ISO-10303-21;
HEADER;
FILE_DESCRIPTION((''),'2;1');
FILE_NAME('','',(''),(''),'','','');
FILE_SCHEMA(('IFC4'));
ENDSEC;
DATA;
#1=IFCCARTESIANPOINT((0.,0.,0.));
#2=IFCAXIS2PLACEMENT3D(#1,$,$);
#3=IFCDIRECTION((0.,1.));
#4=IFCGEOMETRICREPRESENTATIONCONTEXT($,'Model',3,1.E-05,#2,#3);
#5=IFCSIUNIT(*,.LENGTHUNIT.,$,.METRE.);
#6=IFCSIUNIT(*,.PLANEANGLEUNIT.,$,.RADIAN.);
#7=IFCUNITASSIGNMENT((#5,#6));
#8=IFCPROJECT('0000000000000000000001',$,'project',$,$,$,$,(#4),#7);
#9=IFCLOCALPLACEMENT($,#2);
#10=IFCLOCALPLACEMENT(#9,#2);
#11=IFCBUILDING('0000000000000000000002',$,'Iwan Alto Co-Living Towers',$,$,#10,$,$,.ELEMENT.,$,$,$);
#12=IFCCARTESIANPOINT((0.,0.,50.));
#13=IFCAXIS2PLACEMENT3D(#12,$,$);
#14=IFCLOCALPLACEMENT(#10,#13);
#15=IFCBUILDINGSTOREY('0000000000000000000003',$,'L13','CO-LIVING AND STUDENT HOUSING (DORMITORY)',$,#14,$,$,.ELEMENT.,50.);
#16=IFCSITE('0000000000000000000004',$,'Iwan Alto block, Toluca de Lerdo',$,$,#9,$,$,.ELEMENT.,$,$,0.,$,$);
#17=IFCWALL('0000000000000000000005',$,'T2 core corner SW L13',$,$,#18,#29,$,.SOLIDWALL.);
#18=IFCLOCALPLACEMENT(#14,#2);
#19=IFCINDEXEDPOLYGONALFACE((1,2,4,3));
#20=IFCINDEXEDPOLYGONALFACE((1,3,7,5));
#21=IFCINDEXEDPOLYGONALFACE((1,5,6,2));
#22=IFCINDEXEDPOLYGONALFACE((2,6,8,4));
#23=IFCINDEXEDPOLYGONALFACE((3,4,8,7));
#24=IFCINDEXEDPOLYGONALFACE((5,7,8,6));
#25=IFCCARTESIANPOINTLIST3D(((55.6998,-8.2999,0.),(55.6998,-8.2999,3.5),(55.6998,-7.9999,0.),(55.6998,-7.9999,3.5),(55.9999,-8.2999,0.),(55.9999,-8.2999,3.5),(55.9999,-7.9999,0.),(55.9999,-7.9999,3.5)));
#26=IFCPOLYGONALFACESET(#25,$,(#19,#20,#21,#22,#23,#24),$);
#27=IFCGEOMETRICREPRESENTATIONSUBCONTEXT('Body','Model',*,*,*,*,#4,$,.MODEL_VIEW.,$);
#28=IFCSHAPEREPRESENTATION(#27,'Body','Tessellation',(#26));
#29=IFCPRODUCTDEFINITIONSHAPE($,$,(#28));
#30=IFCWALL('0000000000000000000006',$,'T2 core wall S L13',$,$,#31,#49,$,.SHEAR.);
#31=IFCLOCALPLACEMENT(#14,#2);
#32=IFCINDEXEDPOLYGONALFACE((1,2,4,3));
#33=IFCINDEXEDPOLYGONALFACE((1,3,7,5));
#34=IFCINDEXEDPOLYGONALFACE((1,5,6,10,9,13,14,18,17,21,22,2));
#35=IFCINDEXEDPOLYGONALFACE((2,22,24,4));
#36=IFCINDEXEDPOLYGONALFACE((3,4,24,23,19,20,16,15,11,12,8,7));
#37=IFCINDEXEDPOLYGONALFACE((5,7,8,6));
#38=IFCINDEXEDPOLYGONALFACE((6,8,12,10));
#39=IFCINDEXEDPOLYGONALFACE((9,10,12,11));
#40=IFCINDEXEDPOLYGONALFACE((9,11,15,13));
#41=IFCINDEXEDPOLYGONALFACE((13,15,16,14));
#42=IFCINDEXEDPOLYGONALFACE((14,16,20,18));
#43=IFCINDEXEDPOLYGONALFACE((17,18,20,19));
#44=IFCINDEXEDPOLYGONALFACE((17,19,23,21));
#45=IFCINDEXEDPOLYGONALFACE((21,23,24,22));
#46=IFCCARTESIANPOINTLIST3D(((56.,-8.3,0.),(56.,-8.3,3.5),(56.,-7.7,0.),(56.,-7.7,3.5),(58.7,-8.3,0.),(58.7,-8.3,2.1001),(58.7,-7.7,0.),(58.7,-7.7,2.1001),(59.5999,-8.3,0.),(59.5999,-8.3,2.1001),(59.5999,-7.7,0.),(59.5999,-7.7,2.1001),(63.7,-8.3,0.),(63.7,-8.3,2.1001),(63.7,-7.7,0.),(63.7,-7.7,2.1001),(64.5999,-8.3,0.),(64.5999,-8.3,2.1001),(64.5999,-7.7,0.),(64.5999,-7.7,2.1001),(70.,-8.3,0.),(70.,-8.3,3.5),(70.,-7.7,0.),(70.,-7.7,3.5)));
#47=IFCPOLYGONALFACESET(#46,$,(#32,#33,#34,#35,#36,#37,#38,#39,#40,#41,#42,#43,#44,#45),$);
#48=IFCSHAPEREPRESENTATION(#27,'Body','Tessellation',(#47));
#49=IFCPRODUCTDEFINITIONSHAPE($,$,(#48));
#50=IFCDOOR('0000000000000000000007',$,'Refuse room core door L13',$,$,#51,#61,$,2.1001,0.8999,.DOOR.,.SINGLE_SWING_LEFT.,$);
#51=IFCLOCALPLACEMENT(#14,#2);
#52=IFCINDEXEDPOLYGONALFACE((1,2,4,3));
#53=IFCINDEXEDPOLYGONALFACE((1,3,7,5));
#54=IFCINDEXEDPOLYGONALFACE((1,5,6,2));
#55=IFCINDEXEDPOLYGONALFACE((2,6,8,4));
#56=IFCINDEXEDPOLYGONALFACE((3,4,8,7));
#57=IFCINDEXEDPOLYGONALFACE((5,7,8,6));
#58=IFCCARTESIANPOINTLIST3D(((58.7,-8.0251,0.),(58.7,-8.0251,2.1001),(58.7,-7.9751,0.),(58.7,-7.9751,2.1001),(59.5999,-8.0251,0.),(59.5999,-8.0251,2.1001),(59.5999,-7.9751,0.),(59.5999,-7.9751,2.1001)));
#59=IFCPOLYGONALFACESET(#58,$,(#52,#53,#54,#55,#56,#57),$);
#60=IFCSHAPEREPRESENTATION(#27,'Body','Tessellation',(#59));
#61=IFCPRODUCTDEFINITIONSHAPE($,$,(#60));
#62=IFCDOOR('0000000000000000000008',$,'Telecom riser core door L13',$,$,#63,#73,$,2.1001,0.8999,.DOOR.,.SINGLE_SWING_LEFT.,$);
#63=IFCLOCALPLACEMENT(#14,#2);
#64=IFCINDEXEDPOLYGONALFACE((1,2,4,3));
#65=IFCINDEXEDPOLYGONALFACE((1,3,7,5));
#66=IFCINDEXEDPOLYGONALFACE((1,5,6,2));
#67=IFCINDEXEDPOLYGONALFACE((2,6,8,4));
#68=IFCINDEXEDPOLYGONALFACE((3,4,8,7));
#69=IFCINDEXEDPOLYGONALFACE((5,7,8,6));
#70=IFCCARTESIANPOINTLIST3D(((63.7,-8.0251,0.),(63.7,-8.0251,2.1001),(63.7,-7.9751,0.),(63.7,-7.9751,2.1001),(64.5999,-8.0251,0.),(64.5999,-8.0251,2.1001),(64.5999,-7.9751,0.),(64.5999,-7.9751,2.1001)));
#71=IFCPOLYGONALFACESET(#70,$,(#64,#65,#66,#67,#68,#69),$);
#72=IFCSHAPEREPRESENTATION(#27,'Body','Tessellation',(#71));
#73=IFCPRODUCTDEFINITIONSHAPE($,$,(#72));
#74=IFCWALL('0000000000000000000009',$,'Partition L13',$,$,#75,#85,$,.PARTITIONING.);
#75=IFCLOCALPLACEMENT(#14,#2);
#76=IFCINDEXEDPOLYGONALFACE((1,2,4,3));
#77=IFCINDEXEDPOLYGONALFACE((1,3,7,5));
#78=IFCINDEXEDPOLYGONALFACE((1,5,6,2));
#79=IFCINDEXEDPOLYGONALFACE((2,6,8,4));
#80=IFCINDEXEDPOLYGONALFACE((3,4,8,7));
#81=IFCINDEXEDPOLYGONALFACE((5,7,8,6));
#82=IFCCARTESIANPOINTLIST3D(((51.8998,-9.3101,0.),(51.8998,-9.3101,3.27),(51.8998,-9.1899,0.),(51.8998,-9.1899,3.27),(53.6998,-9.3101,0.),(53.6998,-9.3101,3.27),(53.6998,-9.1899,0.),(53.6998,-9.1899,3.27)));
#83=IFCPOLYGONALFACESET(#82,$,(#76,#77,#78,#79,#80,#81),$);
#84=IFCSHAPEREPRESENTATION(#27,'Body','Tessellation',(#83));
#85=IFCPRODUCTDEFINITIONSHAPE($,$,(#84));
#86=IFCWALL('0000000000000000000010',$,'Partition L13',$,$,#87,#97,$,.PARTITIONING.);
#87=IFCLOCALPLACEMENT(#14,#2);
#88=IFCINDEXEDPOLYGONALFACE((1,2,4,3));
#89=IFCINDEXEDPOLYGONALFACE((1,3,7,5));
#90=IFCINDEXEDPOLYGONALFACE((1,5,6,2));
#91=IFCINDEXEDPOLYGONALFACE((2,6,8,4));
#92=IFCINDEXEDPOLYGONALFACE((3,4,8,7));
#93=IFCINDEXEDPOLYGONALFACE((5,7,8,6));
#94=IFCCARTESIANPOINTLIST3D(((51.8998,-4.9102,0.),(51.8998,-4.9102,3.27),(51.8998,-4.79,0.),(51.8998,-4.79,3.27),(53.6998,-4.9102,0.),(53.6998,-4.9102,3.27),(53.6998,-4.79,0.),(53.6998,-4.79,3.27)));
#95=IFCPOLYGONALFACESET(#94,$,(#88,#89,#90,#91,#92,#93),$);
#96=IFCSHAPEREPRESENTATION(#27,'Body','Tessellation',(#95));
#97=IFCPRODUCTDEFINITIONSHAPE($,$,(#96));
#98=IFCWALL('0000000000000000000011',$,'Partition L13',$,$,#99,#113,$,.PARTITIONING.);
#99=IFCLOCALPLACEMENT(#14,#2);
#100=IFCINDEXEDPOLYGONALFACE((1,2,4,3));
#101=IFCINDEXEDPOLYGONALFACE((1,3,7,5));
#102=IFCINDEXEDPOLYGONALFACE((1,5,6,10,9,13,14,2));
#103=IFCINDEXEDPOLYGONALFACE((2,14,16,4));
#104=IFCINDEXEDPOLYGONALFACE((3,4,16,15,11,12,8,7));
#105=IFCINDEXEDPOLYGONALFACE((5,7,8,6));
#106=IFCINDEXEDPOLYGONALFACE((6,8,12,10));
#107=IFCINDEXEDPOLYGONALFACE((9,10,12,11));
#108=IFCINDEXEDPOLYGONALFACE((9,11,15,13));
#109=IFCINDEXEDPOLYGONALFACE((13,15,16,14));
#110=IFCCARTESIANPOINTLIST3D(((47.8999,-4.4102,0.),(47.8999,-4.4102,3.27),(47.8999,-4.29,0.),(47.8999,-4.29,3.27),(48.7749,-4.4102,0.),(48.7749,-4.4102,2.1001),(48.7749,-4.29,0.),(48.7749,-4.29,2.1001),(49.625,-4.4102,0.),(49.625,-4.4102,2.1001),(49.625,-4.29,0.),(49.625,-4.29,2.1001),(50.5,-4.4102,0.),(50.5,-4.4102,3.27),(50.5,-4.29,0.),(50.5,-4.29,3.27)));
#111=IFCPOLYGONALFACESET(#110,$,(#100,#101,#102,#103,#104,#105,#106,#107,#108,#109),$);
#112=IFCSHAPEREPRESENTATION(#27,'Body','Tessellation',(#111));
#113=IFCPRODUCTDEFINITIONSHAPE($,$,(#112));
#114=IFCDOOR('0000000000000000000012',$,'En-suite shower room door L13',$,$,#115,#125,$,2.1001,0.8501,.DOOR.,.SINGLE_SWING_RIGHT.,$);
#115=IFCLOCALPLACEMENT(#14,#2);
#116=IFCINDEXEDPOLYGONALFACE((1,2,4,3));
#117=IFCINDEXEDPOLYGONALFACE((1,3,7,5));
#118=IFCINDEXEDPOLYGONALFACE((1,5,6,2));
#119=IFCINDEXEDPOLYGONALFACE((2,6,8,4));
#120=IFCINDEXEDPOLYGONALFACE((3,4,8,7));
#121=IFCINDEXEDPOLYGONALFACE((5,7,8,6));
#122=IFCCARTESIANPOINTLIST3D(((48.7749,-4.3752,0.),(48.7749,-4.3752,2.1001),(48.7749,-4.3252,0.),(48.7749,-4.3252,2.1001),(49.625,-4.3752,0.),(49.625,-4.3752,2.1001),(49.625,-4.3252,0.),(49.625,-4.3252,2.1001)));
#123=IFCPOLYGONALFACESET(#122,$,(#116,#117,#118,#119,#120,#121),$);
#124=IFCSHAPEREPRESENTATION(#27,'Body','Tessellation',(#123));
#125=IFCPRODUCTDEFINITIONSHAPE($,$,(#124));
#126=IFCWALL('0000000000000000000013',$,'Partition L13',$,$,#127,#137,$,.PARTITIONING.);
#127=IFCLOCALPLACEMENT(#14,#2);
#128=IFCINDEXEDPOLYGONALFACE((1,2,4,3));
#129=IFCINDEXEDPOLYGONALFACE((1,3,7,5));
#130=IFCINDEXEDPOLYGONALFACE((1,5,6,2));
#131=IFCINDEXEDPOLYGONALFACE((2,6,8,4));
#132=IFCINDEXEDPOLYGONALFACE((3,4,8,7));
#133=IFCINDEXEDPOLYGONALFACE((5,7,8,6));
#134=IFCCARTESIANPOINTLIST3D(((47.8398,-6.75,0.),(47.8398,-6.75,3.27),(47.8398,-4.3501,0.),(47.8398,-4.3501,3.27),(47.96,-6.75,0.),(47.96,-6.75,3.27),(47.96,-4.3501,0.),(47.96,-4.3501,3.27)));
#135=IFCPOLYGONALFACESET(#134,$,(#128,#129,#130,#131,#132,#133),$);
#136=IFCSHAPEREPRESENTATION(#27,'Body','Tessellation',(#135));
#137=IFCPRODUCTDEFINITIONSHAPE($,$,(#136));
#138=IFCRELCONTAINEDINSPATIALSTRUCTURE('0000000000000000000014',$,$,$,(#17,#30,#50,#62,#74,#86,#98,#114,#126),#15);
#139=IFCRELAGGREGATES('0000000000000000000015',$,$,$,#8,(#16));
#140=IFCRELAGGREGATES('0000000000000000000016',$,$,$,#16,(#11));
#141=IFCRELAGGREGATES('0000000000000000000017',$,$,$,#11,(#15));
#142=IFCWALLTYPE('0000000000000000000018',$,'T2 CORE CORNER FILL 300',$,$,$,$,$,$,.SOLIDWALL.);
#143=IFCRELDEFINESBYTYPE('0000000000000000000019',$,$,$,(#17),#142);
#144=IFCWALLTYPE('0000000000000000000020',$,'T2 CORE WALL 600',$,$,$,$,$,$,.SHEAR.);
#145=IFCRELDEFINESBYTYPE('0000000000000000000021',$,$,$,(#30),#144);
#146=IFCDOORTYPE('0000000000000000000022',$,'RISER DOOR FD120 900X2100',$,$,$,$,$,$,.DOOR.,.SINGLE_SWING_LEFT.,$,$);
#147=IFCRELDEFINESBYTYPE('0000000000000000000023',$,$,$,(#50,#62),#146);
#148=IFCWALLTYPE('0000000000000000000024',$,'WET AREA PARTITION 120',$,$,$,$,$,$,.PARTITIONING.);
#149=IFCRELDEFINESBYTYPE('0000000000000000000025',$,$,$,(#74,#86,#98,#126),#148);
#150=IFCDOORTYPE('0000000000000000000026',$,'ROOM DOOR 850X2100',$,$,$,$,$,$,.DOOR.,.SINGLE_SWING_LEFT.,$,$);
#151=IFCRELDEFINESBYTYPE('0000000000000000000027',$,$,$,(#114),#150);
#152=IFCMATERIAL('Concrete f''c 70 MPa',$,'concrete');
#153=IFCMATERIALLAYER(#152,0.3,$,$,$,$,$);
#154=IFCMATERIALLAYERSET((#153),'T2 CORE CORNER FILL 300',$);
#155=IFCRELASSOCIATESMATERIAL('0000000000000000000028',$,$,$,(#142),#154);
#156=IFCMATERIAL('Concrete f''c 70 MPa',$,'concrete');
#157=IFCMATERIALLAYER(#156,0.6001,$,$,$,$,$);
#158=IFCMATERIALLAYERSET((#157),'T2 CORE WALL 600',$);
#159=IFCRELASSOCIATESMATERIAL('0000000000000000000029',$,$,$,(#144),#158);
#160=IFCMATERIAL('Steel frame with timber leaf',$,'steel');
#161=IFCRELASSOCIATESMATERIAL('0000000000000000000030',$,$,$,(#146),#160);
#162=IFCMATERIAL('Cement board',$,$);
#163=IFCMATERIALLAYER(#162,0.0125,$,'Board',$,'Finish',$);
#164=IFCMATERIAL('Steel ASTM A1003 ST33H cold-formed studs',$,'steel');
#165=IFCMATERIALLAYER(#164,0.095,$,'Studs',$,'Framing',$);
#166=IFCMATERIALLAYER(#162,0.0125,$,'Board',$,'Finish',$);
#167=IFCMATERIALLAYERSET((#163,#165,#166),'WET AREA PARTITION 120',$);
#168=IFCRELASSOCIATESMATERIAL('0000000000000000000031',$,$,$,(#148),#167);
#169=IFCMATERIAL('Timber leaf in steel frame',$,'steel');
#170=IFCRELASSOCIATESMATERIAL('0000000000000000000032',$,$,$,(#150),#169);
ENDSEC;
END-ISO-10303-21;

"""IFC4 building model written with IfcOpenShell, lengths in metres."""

from ifc_helpers import new_model, si_unit, direction, frame, frame_2d, origin, place, context, subcontext, project, spatial, rectangle, extrude, material, layer, layer_set, type_object, element, fill, save


model = new_model("IFC4")

# Units and contexts
model_context = context("Model", 3, precision=1e-05, world=origin(), true_north=direction((0.0, 1.0)))
body_context = subcontext(model_context, "Body", "Model", "MODEL_VIEW")
ifc_project = project(units=[si_unit("LENGTHUNIT", "METRE"), si_unit("PLANEANGLEUNIT", "RADIAN")], contexts=[model_context])

# Site, building, storey
site_placement = place(None, origin())
site = spatial("IfcSite", under=ifc_project, at=site_placement, Name="Iwan Alto block, Toluca de Lerdo", CompositionType="ELEMENT", RefElevation=0.0)
building_placement = place(site_placement, origin())
building = spatial("IfcBuilding", under=site, at=building_placement, Name="Iwan Alto Co-Living Towers", CompositionType="ELEMENT")
storey_placement = place(building_placement, frame((0.0, 0.0, 50.0)))
storey = spatial("IfcBuildingStorey", under=building, at=storey_placement, Name="L13", Description="CO-LIVING AND STUDENT HOUSING (DORMITORY)", CompositionType="ELEMENT", Elevation=50.0)

# Wall
ifc_material_1 = material(Name="Concrete f'c 70 MPa", Category="concrete")
ifc_layer_1 = layer(ifc_material_1, 0.3)
ifc_layer_set_1 = layer_set([ifc_layer_1], Name="T2 CORE CORNER FILL 300")
wall_type_1 = type_object("IfcWallType", Name="T2 CORE CORNER FILL 300", PredefinedType="SOLIDWALL", material=ifc_layer_set_1)
wall_1_placement = place(storey_placement, frame((55.7, -8.1499, 0.0), z_axis=(0.0, 0.0, 1.0), x_axis=(1.0, 0.0, 0.0)))
element("IfcWall", 1, at=wall_1_placement, inside=storey, type_object=wall_type_1, Name="T2 core corner SW L13", PredefinedType="SOLIDWALL", context=body_context, shape_type="SweptSolid", body=[
    extrude(rectangle(XDim=0.3, YDim=0.3, at=frame_2d((0.1499, 0.0))), origin(), (0.0, 0.0, 1.0), 3.5),
])

# Wall, openings, doors
ifc_material_2 = material(Name="Concrete f'c 70 MPa", Category="concrete")
ifc_layer_2 = layer(ifc_material_2, 0.6001)
ifc_layer_set_2 = layer_set([ifc_layer_2], Name="T2 CORE WALL 600")
wall_type_2 = type_object("IfcWallType", Name="T2 CORE WALL 600", PredefinedType="SHEAR", material=ifc_layer_set_2)
wall_2_placement = place(storey_placement, frame((56.0, -8.0, 0.0), z_axis=(0.0, 0.0, 1.0), x_axis=(1.0, 0.0, 0.0)))
wall_2 = element("IfcWall", 2, at=wall_2_placement, inside=storey, type_object=wall_type_2, Name="T2 core wall S L13", PredefinedType="SHEAR", context=body_context, shape_type="SweptSolid", body=[
    extrude(rectangle(XDim=14.0, YDim=0.6001, at=frame_2d((7.0, 0.0))), origin(), (0.0, 0.0, 1.0), 3.5),
])
opening_1_placement = place(wall_2_placement, frame((2.7, 0.0, 0.0)))
opening_1 = element("IfcOpeningElement", 3, at=opening_1_placement, cuts=wall_2, PredefinedType="OPENING", context=body_context, shape_type="SweptSolid", body=[
    extrude(rectangle(XDim=0.8999, YDim=2.1001, at=frame_2d((0.45, 1.05))), frame((0.0, 0.3101, 0.0), z_axis=(0.0, -1.0, 0.0), x_axis=(1.0, 0.0, 0.0)), (0.0, 0.0, 1.0), 0.6201),
])
opening_2_placement = place(wall_2_placement, frame((7.7, 0.0, 0.0)))
opening_2 = element("IfcOpeningElement", 4, at=opening_2_placement, cuts=wall_2, PredefinedType="OPENING", context=body_context, shape_type="SweptSolid", body=[
    extrude(rectangle(XDim=0.8999, YDim=2.1001, at=frame_2d((0.45, 1.05))), frame((0.0, 0.3101, 0.0), z_axis=(0.0, -1.0, 0.0), x_axis=(1.0, 0.0, 0.0)), (0.0, 0.0, 1.0), 0.6201),
])
ifc_material_3 = material(Name="Steel frame with timber leaf", Category="steel")
door_type_1 = type_object("IfcDoorType", Name="RISER DOOR FD120 900X2100", OperationType="SINGLE_SWING_LEFT", PredefinedType="DOOR", material=ifc_material_3)
door_1_placement = place(opening_1_placement, origin())
door_1 = element("IfcDoor", 5, at=door_1_placement, inside=storey, type_object=door_type_1, Name="Refuse room core door L13", OperationType="SINGLE_SWING_LEFT", OverallHeight=2.1001, OverallWidth=0.8999, PredefinedType="DOOR", context=body_context, shape_type="SweptSolid", body=[
    extrude(rectangle(XDim=0.8999, YDim=2.1001, at=frame_2d((0.45, 1.05))), frame((0.0, 0.0249, 0.0), z_axis=(0.0, -1.0, 0.0), x_axis=(1.0, 0.0, 0.0)), (0.0, 0.0, 1.0), 0.05),
])
fill(opening_1, door_1)
door_2_placement = place(opening_2_placement, origin())
door_2 = element("IfcDoor", 6, at=door_2_placement, inside=storey, type_object=door_type_1, Name="Telecom riser core door L13", OperationType="SINGLE_SWING_LEFT", OverallHeight=2.1001, OverallWidth=0.8999, PredefinedType="DOOR", context=body_context, shape_type="SweptSolid", body=[
    extrude(rectangle(XDim=0.8999, YDim=2.1001, at=frame_2d((0.45, 1.05))), frame((0.0, 0.0249, 0.0), z_axis=(0.0, -1.0, 0.0), x_axis=(1.0, 0.0, 0.0)), (0.0, 0.0, 1.0), 0.05),
])
fill(opening_2, door_2)

# Walls
ifc_material_4 = material(Name="Cement board")
ifc_layer_3 = layer(ifc_material_4, 0.0125, Name="Board", Category="Finish")
ifc_material_5 = material(Name="Steel ASTM A1003 ST33H cold-formed studs", Category="steel")
ifc_layer_4 = layer(ifc_material_5, 0.095, Name="Studs", Category="Framing")
ifc_layer_5 = layer(ifc_material_4, 0.0125, Name="Board", Category="Finish")
ifc_layer_set_3 = layer_set([ifc_layer_3, ifc_layer_4, ifc_layer_5], Name="WET AREA PARTITION 120")
wall_type_3 = type_object("IfcWallType", Name="WET AREA PARTITION 120", PredefinedType="PARTITIONING", material=ifc_layer_set_3)
for number, where, z_axis, x_axis, name in (
    (7, (51.8999, -9.25, 0.0), (0.0, 0.0, 1.0), (1.0, 0.0, 0.0), "Partition L13"),
    (8, (51.8999, -4.8501, 0.0), (0.0, 0.0, 1.0), (1.0, 0.0, 0.0), "Partition L13"),
):
    element("IfcWall", number, at=place(storey_placement, frame(where, z_axis=z_axis, x_axis=x_axis)), inside=storey, type_object=wall_type_3, Name=name, PredefinedType="PARTITIONING", context=body_context, shape_type="SweptSolid", body=[
        extrude(rectangle(XDim=1.8, YDim=0.1201, at=frame_2d((0.8999, 0.0))), origin(), (0.0, 0.0, 1.0), 3.27),
    ])

# Wall, opening, door
wall_3_placement = place(storey_placement, frame((47.8999, -4.3501, 0.0), z_axis=(0.0, 0.0, 1.0), x_axis=(1.0, 0.0, 0.0)))
wall_3 = element("IfcWall", 9, at=wall_3_placement, inside=storey, type_object=wall_type_3, Name="Partition L13", PredefinedType="PARTITIONING", context=body_context, shape_type="SweptSolid", body=[
    extrude(rectangle(XDim=2.6001, YDim=0.1201, at=frame_2d((1.3, 0.0))), origin(), (0.0, 0.0, 1.0), 3.27),
])
opening_3_placement = place(wall_3_placement, frame((0.875, 0.0, 0.0)))
opening_3 = element("IfcOpeningElement", 10, at=opening_3_placement, cuts=wall_3, PredefinedType="OPENING", context=body_context, shape_type="SweptSolid", body=[
    extrude(rectangle(XDim=0.8501, YDim=2.1001, at=frame_2d((0.425, 1.05))), frame((0.0, 0.0701, 0.0), z_axis=(0.0, -1.0, 0.0), x_axis=(1.0, 0.0, 0.0)), (0.0, 0.0, 1.0), 0.1401),
])
ifc_material_6 = material(Name="Timber leaf in steel frame", Category="steel")
door_type_2 = type_object("IfcDoorType", Name="ROOM DOOR 850X2100", OperationType="SINGLE_SWING_LEFT", PredefinedType="DOOR", material=ifc_material_6)
door_3_placement = place(opening_3_placement, origin())
door_3 = element("IfcDoor", 11, at=door_3_placement, inside=storey, type_object=door_type_2, Name="En-suite shower room door L13", OperationType="SINGLE_SWING_RIGHT", OverallHeight=2.1001, OverallWidth=0.8501, PredefinedType="DOOR", context=body_context, shape_type="SweptSolid", body=[
    extrude(rectangle(XDim=0.8501, YDim=2.1001, at=frame_2d((0.425, 1.05))), frame((0.0, 0.0249, 0.0), z_axis=(0.0, -1.0, 0.0), x_axis=(1.0, 0.0, 0.0)), (0.0, 0.0, 1.0), 0.05),
])
fill(opening_3, door_3)

# Wall
wall_4_placement = place(storey_placement, frame((47.8999, -6.75, 0.0), z_axis=(0.0, 0.0, 1.0), x_axis=(0.0, 1.0, 0.0)))
element("IfcWall", 12, at=wall_4_placement, inside=storey, type_object=wall_type_3, Name="Partition L13", PredefinedType="PARTITIONING", context=body_context, shape_type="SweptSolid", body=[
    extrude(rectangle(XDim=2.3999, YDim=0.1201, at=frame_2d((1.2, 0.0))), origin(), (0.0, 0.0, 1.0), 3.27),
])

save(model, "model.ifc")
